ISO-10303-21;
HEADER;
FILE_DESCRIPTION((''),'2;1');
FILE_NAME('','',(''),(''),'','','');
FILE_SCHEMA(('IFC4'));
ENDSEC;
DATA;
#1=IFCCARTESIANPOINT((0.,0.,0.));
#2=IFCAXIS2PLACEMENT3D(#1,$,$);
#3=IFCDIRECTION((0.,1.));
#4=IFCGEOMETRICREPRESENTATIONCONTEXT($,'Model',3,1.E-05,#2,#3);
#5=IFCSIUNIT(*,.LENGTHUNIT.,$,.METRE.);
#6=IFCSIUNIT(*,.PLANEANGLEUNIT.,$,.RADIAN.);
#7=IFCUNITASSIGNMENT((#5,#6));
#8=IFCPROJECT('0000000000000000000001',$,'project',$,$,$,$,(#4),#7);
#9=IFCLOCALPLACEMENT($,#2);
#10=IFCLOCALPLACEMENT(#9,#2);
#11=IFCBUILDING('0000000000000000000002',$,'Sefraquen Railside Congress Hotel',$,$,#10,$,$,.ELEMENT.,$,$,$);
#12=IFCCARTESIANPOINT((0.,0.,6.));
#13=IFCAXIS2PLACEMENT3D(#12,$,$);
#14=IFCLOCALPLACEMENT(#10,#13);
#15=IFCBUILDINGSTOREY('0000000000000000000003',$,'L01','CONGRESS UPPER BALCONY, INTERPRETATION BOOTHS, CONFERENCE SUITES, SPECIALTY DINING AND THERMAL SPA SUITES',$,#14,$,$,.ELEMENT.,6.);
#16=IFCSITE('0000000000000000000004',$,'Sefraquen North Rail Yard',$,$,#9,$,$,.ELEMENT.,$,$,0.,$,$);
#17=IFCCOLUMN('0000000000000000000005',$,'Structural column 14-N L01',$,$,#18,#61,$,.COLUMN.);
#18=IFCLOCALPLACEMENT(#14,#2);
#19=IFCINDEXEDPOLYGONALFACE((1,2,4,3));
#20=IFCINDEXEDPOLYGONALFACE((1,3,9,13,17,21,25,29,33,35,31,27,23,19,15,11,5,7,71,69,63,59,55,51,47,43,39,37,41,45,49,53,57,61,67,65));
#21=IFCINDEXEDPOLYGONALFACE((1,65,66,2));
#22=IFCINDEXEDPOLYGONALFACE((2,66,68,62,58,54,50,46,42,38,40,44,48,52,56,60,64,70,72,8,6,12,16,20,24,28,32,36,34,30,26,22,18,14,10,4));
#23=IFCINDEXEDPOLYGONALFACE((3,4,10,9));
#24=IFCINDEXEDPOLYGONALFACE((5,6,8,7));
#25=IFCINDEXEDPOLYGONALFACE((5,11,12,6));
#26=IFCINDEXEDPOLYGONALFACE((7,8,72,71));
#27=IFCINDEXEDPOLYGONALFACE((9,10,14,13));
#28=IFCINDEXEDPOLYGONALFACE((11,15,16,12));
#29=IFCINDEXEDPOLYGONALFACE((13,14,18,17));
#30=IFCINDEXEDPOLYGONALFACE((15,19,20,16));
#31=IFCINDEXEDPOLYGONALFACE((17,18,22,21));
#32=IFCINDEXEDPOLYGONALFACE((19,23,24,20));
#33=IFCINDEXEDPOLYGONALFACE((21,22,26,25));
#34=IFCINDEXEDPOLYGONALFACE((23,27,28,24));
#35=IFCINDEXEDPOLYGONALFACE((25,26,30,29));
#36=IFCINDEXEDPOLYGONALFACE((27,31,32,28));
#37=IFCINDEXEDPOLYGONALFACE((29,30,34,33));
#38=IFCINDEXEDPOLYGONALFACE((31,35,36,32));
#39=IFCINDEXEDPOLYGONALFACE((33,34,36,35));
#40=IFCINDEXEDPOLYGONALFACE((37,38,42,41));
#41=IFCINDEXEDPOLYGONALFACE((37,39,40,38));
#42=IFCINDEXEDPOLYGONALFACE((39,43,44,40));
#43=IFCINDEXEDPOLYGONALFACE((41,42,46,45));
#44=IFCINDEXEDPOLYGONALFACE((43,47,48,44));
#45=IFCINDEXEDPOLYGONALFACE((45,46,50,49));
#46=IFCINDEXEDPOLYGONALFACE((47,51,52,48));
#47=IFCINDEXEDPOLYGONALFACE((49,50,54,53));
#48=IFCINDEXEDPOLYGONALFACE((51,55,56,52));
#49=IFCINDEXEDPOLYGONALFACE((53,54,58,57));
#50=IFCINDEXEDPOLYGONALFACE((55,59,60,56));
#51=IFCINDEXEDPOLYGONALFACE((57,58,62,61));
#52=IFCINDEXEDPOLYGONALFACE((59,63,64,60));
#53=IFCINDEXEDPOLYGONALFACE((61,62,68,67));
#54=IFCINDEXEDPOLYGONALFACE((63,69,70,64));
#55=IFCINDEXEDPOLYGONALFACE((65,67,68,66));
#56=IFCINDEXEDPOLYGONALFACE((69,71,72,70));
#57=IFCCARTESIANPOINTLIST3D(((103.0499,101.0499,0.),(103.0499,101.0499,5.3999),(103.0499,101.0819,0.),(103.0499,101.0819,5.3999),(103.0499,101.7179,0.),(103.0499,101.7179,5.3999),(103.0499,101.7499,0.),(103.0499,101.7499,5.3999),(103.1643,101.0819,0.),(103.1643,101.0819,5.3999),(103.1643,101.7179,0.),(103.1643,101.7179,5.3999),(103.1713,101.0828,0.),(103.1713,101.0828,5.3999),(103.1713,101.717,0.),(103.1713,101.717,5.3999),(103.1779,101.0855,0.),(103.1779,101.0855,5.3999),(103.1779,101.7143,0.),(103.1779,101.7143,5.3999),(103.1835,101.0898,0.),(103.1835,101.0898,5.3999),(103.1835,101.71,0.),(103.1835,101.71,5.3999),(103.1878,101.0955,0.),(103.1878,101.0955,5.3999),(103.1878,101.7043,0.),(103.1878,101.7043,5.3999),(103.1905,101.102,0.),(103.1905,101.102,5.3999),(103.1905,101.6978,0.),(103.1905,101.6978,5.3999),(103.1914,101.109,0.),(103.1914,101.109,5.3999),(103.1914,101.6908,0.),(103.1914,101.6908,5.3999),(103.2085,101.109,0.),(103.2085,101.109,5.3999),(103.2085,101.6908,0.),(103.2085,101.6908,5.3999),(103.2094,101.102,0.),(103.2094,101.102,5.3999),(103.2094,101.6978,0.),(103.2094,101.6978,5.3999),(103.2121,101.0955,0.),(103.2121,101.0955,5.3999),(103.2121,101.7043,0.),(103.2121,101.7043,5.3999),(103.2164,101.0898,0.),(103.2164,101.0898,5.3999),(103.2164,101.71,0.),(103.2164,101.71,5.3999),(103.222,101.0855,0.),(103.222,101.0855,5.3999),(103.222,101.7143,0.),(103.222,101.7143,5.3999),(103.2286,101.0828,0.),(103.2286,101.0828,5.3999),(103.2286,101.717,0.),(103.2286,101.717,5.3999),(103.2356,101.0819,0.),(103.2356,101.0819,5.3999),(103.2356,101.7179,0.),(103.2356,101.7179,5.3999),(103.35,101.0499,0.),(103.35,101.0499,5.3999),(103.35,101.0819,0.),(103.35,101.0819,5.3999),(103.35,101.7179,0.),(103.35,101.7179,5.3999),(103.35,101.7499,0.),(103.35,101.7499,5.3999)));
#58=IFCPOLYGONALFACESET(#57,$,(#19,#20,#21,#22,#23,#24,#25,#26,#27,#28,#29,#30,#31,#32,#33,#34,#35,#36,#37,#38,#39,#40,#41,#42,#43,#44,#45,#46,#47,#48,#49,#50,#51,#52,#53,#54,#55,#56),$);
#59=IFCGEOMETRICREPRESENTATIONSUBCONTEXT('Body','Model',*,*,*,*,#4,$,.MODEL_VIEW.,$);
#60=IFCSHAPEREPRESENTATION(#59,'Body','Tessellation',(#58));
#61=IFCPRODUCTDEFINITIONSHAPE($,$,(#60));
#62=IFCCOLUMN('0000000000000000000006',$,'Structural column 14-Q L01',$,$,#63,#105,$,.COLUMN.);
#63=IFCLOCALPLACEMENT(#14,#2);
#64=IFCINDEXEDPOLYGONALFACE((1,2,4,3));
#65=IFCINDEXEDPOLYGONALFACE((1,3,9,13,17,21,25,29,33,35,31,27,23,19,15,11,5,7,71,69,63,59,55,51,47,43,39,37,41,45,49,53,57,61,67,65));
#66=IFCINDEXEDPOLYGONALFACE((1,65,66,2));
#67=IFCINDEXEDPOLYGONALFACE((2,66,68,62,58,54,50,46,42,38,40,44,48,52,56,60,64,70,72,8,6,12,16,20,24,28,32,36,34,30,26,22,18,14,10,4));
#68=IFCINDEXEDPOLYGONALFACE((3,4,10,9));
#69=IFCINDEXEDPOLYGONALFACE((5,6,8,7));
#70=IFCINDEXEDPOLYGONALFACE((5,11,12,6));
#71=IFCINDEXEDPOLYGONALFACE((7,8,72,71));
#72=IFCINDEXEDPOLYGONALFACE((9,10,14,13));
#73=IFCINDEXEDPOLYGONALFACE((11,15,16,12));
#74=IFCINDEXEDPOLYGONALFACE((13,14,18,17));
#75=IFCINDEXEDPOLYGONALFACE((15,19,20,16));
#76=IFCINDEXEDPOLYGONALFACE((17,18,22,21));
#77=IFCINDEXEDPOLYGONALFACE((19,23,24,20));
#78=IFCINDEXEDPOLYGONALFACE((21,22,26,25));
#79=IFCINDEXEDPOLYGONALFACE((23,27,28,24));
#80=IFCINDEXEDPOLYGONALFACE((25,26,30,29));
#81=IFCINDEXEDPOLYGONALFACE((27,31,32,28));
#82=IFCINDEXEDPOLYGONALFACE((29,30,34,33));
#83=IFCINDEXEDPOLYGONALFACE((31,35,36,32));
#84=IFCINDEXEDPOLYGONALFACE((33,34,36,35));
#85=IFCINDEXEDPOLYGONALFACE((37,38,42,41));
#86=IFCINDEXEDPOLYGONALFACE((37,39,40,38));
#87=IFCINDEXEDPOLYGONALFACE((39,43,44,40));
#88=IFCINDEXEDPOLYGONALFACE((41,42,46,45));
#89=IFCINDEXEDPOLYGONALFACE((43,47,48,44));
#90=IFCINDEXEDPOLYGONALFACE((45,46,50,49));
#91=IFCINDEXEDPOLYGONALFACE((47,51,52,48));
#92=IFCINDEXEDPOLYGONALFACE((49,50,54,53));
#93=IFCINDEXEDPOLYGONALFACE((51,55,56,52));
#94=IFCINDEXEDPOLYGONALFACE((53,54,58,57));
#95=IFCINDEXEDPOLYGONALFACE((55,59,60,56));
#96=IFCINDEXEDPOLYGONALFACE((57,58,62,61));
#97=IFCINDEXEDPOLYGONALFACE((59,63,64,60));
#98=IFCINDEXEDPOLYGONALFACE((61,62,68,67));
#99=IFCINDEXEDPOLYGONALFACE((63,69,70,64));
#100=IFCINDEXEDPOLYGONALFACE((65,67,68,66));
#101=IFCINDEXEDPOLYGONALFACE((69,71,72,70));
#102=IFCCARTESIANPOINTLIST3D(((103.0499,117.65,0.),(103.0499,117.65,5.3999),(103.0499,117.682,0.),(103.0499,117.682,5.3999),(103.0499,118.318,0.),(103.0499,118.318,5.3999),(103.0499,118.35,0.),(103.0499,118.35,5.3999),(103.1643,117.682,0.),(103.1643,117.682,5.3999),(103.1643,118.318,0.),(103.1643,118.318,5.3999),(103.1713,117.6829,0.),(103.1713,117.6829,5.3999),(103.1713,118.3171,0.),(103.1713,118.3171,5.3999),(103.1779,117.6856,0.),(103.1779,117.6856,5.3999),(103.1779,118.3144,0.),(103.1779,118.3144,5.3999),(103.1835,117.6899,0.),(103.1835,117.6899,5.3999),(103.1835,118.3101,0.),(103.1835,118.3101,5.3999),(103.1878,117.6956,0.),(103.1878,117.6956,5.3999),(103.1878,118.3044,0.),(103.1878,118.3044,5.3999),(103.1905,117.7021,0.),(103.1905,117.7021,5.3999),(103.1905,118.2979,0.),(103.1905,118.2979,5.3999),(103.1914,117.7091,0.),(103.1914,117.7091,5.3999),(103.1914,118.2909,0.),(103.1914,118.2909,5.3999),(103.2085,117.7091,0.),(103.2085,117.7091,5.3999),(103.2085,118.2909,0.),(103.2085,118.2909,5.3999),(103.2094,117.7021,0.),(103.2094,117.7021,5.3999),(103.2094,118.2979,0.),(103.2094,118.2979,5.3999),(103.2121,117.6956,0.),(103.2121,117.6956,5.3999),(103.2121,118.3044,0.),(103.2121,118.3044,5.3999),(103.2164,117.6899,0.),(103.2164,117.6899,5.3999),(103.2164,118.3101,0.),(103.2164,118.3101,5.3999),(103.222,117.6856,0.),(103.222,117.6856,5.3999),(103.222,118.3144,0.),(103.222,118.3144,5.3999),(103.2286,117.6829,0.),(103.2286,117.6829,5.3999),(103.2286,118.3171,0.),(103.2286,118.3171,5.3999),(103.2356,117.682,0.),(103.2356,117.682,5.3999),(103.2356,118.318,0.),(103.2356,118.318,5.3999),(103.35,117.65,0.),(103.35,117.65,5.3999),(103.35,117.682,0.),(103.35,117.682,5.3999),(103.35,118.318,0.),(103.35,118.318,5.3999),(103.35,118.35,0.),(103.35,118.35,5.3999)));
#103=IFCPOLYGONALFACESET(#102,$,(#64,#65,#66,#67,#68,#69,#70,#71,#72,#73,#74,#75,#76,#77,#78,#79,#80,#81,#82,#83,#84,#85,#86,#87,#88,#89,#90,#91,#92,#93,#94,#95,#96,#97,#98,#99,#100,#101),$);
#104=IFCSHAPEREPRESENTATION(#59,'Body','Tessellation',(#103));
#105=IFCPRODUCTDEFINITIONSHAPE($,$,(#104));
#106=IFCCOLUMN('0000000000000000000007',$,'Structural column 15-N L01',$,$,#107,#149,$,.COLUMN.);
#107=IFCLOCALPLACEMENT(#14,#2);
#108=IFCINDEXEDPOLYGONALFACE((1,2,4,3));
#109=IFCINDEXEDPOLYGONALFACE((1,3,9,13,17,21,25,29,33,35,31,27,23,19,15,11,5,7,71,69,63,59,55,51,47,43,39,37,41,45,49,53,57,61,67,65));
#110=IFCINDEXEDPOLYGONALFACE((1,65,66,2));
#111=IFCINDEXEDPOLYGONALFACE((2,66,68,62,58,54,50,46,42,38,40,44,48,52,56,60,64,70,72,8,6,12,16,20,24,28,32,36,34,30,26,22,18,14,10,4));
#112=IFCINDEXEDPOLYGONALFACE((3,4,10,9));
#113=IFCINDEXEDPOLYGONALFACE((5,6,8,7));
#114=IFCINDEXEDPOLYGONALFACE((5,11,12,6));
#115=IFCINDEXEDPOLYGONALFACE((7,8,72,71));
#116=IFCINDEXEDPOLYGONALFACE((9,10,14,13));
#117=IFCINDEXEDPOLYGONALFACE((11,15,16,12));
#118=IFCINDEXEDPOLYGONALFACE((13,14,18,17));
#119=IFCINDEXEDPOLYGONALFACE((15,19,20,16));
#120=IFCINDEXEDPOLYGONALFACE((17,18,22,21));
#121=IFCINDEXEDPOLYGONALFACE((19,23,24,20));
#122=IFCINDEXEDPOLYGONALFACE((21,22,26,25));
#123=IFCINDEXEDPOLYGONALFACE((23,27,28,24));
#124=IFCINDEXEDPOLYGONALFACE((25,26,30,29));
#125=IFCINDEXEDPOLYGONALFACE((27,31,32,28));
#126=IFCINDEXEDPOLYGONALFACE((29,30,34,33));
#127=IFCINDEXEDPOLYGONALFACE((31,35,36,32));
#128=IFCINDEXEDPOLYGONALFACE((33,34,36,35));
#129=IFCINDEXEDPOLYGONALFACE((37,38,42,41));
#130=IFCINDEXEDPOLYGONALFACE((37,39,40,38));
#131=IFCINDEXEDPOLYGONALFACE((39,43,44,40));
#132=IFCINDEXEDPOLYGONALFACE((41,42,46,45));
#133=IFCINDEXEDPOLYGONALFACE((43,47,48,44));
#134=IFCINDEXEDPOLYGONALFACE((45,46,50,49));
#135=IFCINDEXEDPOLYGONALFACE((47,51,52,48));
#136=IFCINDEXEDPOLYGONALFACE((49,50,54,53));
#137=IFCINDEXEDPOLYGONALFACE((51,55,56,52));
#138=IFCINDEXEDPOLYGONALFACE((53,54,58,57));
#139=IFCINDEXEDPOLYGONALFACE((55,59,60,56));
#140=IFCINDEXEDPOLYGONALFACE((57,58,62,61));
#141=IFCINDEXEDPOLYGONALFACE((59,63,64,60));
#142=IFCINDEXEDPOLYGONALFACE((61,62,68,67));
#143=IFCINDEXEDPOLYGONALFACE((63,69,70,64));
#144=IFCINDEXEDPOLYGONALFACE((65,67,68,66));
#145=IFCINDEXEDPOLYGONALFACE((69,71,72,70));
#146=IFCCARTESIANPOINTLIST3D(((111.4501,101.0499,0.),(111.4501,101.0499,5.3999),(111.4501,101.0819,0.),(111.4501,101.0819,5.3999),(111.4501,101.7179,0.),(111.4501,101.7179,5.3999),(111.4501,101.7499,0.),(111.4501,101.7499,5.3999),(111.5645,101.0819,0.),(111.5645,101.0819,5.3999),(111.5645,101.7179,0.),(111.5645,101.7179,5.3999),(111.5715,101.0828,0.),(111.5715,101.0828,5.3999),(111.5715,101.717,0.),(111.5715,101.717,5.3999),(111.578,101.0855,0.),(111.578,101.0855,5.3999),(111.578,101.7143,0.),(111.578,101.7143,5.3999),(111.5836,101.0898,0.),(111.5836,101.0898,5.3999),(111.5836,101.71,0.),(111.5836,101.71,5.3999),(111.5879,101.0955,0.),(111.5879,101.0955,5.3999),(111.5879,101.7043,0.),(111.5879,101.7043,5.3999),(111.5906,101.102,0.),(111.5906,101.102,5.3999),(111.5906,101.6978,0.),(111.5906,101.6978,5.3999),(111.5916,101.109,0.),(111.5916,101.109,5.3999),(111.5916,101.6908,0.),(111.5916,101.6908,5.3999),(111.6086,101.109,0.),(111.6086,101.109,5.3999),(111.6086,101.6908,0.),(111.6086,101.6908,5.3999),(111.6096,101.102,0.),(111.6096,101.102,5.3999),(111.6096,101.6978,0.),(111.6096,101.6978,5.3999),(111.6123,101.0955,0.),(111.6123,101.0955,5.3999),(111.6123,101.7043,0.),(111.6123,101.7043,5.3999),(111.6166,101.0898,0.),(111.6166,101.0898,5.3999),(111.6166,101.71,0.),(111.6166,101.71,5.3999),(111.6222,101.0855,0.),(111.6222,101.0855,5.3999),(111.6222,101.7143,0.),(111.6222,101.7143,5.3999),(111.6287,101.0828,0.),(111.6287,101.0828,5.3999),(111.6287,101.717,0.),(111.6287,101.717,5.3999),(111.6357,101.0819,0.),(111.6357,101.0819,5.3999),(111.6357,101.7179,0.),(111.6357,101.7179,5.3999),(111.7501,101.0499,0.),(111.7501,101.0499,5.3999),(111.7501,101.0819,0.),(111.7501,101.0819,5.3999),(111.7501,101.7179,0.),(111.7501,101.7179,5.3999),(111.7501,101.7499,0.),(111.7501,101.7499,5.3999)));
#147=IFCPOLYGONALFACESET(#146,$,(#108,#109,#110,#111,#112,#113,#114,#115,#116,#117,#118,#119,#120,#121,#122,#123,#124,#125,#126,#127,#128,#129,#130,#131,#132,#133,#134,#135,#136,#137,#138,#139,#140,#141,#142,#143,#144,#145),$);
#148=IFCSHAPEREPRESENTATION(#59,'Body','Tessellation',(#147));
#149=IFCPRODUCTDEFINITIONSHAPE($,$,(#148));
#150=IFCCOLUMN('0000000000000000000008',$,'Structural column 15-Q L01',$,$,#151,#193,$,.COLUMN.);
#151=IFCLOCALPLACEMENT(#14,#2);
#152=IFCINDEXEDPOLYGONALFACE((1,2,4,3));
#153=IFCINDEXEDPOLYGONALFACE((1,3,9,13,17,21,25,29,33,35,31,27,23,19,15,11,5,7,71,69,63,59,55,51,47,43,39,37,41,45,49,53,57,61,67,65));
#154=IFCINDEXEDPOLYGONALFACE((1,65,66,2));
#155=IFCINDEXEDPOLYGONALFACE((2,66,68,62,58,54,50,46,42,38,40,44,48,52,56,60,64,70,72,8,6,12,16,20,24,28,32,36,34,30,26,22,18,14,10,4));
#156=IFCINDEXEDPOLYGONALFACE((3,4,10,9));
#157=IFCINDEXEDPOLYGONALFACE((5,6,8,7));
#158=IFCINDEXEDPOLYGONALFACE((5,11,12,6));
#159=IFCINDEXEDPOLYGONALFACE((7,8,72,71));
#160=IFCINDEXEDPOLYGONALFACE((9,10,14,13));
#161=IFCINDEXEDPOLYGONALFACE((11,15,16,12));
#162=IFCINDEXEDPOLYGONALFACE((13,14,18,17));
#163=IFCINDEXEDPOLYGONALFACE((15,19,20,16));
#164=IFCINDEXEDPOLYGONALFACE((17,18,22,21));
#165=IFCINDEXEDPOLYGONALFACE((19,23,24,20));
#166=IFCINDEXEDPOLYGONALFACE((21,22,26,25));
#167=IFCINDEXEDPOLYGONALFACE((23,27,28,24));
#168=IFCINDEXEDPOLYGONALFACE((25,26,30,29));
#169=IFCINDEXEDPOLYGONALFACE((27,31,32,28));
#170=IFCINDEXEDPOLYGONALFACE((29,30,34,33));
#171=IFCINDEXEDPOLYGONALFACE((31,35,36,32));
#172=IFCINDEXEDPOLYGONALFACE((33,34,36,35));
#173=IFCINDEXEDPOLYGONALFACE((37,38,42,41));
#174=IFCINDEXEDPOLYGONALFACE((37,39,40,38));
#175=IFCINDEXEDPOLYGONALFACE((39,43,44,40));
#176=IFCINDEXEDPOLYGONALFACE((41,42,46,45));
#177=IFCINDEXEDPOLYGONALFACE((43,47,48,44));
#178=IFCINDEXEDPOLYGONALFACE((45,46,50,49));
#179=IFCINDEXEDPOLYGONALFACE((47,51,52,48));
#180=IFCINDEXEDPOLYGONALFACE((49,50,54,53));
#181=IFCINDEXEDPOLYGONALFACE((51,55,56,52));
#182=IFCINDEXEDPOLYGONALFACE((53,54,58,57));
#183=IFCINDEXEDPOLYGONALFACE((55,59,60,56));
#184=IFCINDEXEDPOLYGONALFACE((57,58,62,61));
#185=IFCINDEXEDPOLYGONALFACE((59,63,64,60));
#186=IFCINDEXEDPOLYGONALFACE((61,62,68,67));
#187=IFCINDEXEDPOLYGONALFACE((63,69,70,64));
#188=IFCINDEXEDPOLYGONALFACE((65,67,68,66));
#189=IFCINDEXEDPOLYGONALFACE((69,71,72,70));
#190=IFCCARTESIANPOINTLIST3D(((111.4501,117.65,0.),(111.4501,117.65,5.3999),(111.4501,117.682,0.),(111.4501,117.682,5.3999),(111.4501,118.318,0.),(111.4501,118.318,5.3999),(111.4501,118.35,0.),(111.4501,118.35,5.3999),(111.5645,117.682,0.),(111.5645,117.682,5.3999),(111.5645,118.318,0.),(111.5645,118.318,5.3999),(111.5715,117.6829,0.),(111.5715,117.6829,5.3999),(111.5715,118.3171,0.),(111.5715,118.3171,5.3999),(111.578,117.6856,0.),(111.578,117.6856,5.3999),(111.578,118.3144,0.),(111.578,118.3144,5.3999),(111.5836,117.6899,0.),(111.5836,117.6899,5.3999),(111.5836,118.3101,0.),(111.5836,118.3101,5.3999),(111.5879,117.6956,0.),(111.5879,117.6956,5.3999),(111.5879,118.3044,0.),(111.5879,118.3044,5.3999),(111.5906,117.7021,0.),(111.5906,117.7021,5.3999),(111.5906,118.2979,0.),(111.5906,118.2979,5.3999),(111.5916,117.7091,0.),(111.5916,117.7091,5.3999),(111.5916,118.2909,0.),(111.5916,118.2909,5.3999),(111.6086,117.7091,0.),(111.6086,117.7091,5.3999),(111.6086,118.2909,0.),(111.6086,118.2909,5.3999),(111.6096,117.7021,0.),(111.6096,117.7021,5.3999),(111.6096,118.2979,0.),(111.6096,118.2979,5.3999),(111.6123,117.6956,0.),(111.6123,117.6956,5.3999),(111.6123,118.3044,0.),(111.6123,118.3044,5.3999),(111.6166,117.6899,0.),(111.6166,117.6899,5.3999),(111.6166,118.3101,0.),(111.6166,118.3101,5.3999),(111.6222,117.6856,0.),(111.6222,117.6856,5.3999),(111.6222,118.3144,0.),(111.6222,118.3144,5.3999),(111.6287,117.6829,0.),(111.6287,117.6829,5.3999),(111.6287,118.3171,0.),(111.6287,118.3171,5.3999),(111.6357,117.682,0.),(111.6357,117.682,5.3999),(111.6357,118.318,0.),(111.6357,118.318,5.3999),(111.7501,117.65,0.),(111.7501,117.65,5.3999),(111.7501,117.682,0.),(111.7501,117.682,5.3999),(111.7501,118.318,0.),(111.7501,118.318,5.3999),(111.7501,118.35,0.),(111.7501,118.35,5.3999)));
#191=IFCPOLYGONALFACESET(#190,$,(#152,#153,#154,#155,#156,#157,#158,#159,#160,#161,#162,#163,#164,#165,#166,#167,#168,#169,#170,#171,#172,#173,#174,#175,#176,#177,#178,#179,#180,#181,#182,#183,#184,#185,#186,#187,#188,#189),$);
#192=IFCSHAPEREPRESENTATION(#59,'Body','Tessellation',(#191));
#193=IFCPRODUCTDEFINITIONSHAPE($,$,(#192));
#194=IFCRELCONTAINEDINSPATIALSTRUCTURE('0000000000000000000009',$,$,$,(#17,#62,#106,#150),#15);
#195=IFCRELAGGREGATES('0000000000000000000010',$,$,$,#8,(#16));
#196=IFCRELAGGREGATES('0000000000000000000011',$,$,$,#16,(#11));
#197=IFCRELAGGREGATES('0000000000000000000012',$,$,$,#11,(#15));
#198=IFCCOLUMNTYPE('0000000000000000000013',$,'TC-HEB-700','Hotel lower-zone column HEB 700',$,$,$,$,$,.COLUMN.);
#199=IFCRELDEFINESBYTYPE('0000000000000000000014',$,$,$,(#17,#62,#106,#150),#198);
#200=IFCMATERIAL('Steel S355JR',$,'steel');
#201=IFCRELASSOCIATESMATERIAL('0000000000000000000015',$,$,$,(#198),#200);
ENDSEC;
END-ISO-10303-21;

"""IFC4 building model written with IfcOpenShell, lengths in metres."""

from ifc_helpers import new_model, si_unit, direction, frame, origin, origin_2d, place, context, subcontext, project, spatial, i_section, extrude, material, material_profile, profile_set, type_object, element, save


model = new_model("IFC4")

# Units and contexts
model_context = context("Model", 3, precision=1e-05, world=origin(), true_north=direction((0.0, 1.0)))
body_context = subcontext(model_context, "Body", "Model", "MODEL_VIEW")
ifc_project = project(units=[si_unit("LENGTHUNIT", "METRE"), si_unit("PLANEANGLEUNIT", "RADIAN")], contexts=[model_context])

# Site, building, storey
site_placement = place(None, origin())
site = spatial("IfcSite", under=ifc_project, at=site_placement, Name="Sefraquen North Rail Yard", CompositionType="ELEMENT", RefElevation=0.0)
building_placement = place(site_placement, origin())
building = spatial("IfcBuilding", under=site, at=building_placement, Name="Sefraquen Railside Congress Hotel", CompositionType="ELEMENT")
storey_placement = place(building_placement, frame((0.0, 0.0, 6.0)))
storey = spatial("IfcBuildingStorey", under=building, at=storey_placement, Name="L01", Description="CONGRESS UPPER BALCONY, INTERPRETATION BOOTHS, CONFERENCE SUITES, SPECIALTY DINING AND THERMAL SPA SUITES", CompositionType="ELEMENT", Elevation=6.0)

# Columns
ifc_material_1 = material(Name="Steel S355JR", Category="steel")
ifc_material_profile_1 = material_profile(ifc_material_1, i_section(OverallWidth=0.3, OverallDepth=0.7, WebThickness=0.0171, FlangeThickness=0.032, FilletRadius=0.0271, at=origin_2d()), Name="HEB 700")
ifc_profile_set_1 = profile_set([ifc_material_profile_1], Name="Steel S355JR")
column_type_1 = type_object("IfcColumnType", Name="TC-HEB-700", Description="Hotel lower-zone column HEB 700", PredefinedType="COLUMN", material=ifc_profile_set_1)
for number, where, z_axis, x_axis, name in (
    (1, (103.2, 101.3999, 0.0), (0.0, 0.0, 1.0), (1.0, 0.0, 0.0), "Structural column 14-N L01"),
    (2, (103.2, 118.0, 0.0), (0.0, 0.0, 1.0), (1.0, 0.0, 0.0), "Structural column 14-Q L01"),
    (3, (111.6001, 101.3999, 0.0), (0.0, 0.0, 1.0), (1.0, 0.0, 0.0), "Structural column 15-N L01"),
    (4, (111.6001, 118.0, 0.0), (0.0, 0.0, 1.0), (1.0, 0.0, 0.0), "Structural column 15-Q L01"),
):
    element("IfcColumn", number, at=place(storey_placement, frame(where, z_axis=z_axis, x_axis=x_axis)), inside=storey, type_object=column_type_1, Name=name, PredefinedType="COLUMN", context=body_context, shape_type="SweptSolid", body=[
        extrude(i_section(OverallWidth=0.3, OverallDepth=0.7, WebThickness=0.0171, FlangeThickness=0.032, FilletRadius=0.0271, at=origin_2d()), origin(), (0.0, 0.0, 1.0), 5.3999),
    ])

save(model, "model.ifc")
